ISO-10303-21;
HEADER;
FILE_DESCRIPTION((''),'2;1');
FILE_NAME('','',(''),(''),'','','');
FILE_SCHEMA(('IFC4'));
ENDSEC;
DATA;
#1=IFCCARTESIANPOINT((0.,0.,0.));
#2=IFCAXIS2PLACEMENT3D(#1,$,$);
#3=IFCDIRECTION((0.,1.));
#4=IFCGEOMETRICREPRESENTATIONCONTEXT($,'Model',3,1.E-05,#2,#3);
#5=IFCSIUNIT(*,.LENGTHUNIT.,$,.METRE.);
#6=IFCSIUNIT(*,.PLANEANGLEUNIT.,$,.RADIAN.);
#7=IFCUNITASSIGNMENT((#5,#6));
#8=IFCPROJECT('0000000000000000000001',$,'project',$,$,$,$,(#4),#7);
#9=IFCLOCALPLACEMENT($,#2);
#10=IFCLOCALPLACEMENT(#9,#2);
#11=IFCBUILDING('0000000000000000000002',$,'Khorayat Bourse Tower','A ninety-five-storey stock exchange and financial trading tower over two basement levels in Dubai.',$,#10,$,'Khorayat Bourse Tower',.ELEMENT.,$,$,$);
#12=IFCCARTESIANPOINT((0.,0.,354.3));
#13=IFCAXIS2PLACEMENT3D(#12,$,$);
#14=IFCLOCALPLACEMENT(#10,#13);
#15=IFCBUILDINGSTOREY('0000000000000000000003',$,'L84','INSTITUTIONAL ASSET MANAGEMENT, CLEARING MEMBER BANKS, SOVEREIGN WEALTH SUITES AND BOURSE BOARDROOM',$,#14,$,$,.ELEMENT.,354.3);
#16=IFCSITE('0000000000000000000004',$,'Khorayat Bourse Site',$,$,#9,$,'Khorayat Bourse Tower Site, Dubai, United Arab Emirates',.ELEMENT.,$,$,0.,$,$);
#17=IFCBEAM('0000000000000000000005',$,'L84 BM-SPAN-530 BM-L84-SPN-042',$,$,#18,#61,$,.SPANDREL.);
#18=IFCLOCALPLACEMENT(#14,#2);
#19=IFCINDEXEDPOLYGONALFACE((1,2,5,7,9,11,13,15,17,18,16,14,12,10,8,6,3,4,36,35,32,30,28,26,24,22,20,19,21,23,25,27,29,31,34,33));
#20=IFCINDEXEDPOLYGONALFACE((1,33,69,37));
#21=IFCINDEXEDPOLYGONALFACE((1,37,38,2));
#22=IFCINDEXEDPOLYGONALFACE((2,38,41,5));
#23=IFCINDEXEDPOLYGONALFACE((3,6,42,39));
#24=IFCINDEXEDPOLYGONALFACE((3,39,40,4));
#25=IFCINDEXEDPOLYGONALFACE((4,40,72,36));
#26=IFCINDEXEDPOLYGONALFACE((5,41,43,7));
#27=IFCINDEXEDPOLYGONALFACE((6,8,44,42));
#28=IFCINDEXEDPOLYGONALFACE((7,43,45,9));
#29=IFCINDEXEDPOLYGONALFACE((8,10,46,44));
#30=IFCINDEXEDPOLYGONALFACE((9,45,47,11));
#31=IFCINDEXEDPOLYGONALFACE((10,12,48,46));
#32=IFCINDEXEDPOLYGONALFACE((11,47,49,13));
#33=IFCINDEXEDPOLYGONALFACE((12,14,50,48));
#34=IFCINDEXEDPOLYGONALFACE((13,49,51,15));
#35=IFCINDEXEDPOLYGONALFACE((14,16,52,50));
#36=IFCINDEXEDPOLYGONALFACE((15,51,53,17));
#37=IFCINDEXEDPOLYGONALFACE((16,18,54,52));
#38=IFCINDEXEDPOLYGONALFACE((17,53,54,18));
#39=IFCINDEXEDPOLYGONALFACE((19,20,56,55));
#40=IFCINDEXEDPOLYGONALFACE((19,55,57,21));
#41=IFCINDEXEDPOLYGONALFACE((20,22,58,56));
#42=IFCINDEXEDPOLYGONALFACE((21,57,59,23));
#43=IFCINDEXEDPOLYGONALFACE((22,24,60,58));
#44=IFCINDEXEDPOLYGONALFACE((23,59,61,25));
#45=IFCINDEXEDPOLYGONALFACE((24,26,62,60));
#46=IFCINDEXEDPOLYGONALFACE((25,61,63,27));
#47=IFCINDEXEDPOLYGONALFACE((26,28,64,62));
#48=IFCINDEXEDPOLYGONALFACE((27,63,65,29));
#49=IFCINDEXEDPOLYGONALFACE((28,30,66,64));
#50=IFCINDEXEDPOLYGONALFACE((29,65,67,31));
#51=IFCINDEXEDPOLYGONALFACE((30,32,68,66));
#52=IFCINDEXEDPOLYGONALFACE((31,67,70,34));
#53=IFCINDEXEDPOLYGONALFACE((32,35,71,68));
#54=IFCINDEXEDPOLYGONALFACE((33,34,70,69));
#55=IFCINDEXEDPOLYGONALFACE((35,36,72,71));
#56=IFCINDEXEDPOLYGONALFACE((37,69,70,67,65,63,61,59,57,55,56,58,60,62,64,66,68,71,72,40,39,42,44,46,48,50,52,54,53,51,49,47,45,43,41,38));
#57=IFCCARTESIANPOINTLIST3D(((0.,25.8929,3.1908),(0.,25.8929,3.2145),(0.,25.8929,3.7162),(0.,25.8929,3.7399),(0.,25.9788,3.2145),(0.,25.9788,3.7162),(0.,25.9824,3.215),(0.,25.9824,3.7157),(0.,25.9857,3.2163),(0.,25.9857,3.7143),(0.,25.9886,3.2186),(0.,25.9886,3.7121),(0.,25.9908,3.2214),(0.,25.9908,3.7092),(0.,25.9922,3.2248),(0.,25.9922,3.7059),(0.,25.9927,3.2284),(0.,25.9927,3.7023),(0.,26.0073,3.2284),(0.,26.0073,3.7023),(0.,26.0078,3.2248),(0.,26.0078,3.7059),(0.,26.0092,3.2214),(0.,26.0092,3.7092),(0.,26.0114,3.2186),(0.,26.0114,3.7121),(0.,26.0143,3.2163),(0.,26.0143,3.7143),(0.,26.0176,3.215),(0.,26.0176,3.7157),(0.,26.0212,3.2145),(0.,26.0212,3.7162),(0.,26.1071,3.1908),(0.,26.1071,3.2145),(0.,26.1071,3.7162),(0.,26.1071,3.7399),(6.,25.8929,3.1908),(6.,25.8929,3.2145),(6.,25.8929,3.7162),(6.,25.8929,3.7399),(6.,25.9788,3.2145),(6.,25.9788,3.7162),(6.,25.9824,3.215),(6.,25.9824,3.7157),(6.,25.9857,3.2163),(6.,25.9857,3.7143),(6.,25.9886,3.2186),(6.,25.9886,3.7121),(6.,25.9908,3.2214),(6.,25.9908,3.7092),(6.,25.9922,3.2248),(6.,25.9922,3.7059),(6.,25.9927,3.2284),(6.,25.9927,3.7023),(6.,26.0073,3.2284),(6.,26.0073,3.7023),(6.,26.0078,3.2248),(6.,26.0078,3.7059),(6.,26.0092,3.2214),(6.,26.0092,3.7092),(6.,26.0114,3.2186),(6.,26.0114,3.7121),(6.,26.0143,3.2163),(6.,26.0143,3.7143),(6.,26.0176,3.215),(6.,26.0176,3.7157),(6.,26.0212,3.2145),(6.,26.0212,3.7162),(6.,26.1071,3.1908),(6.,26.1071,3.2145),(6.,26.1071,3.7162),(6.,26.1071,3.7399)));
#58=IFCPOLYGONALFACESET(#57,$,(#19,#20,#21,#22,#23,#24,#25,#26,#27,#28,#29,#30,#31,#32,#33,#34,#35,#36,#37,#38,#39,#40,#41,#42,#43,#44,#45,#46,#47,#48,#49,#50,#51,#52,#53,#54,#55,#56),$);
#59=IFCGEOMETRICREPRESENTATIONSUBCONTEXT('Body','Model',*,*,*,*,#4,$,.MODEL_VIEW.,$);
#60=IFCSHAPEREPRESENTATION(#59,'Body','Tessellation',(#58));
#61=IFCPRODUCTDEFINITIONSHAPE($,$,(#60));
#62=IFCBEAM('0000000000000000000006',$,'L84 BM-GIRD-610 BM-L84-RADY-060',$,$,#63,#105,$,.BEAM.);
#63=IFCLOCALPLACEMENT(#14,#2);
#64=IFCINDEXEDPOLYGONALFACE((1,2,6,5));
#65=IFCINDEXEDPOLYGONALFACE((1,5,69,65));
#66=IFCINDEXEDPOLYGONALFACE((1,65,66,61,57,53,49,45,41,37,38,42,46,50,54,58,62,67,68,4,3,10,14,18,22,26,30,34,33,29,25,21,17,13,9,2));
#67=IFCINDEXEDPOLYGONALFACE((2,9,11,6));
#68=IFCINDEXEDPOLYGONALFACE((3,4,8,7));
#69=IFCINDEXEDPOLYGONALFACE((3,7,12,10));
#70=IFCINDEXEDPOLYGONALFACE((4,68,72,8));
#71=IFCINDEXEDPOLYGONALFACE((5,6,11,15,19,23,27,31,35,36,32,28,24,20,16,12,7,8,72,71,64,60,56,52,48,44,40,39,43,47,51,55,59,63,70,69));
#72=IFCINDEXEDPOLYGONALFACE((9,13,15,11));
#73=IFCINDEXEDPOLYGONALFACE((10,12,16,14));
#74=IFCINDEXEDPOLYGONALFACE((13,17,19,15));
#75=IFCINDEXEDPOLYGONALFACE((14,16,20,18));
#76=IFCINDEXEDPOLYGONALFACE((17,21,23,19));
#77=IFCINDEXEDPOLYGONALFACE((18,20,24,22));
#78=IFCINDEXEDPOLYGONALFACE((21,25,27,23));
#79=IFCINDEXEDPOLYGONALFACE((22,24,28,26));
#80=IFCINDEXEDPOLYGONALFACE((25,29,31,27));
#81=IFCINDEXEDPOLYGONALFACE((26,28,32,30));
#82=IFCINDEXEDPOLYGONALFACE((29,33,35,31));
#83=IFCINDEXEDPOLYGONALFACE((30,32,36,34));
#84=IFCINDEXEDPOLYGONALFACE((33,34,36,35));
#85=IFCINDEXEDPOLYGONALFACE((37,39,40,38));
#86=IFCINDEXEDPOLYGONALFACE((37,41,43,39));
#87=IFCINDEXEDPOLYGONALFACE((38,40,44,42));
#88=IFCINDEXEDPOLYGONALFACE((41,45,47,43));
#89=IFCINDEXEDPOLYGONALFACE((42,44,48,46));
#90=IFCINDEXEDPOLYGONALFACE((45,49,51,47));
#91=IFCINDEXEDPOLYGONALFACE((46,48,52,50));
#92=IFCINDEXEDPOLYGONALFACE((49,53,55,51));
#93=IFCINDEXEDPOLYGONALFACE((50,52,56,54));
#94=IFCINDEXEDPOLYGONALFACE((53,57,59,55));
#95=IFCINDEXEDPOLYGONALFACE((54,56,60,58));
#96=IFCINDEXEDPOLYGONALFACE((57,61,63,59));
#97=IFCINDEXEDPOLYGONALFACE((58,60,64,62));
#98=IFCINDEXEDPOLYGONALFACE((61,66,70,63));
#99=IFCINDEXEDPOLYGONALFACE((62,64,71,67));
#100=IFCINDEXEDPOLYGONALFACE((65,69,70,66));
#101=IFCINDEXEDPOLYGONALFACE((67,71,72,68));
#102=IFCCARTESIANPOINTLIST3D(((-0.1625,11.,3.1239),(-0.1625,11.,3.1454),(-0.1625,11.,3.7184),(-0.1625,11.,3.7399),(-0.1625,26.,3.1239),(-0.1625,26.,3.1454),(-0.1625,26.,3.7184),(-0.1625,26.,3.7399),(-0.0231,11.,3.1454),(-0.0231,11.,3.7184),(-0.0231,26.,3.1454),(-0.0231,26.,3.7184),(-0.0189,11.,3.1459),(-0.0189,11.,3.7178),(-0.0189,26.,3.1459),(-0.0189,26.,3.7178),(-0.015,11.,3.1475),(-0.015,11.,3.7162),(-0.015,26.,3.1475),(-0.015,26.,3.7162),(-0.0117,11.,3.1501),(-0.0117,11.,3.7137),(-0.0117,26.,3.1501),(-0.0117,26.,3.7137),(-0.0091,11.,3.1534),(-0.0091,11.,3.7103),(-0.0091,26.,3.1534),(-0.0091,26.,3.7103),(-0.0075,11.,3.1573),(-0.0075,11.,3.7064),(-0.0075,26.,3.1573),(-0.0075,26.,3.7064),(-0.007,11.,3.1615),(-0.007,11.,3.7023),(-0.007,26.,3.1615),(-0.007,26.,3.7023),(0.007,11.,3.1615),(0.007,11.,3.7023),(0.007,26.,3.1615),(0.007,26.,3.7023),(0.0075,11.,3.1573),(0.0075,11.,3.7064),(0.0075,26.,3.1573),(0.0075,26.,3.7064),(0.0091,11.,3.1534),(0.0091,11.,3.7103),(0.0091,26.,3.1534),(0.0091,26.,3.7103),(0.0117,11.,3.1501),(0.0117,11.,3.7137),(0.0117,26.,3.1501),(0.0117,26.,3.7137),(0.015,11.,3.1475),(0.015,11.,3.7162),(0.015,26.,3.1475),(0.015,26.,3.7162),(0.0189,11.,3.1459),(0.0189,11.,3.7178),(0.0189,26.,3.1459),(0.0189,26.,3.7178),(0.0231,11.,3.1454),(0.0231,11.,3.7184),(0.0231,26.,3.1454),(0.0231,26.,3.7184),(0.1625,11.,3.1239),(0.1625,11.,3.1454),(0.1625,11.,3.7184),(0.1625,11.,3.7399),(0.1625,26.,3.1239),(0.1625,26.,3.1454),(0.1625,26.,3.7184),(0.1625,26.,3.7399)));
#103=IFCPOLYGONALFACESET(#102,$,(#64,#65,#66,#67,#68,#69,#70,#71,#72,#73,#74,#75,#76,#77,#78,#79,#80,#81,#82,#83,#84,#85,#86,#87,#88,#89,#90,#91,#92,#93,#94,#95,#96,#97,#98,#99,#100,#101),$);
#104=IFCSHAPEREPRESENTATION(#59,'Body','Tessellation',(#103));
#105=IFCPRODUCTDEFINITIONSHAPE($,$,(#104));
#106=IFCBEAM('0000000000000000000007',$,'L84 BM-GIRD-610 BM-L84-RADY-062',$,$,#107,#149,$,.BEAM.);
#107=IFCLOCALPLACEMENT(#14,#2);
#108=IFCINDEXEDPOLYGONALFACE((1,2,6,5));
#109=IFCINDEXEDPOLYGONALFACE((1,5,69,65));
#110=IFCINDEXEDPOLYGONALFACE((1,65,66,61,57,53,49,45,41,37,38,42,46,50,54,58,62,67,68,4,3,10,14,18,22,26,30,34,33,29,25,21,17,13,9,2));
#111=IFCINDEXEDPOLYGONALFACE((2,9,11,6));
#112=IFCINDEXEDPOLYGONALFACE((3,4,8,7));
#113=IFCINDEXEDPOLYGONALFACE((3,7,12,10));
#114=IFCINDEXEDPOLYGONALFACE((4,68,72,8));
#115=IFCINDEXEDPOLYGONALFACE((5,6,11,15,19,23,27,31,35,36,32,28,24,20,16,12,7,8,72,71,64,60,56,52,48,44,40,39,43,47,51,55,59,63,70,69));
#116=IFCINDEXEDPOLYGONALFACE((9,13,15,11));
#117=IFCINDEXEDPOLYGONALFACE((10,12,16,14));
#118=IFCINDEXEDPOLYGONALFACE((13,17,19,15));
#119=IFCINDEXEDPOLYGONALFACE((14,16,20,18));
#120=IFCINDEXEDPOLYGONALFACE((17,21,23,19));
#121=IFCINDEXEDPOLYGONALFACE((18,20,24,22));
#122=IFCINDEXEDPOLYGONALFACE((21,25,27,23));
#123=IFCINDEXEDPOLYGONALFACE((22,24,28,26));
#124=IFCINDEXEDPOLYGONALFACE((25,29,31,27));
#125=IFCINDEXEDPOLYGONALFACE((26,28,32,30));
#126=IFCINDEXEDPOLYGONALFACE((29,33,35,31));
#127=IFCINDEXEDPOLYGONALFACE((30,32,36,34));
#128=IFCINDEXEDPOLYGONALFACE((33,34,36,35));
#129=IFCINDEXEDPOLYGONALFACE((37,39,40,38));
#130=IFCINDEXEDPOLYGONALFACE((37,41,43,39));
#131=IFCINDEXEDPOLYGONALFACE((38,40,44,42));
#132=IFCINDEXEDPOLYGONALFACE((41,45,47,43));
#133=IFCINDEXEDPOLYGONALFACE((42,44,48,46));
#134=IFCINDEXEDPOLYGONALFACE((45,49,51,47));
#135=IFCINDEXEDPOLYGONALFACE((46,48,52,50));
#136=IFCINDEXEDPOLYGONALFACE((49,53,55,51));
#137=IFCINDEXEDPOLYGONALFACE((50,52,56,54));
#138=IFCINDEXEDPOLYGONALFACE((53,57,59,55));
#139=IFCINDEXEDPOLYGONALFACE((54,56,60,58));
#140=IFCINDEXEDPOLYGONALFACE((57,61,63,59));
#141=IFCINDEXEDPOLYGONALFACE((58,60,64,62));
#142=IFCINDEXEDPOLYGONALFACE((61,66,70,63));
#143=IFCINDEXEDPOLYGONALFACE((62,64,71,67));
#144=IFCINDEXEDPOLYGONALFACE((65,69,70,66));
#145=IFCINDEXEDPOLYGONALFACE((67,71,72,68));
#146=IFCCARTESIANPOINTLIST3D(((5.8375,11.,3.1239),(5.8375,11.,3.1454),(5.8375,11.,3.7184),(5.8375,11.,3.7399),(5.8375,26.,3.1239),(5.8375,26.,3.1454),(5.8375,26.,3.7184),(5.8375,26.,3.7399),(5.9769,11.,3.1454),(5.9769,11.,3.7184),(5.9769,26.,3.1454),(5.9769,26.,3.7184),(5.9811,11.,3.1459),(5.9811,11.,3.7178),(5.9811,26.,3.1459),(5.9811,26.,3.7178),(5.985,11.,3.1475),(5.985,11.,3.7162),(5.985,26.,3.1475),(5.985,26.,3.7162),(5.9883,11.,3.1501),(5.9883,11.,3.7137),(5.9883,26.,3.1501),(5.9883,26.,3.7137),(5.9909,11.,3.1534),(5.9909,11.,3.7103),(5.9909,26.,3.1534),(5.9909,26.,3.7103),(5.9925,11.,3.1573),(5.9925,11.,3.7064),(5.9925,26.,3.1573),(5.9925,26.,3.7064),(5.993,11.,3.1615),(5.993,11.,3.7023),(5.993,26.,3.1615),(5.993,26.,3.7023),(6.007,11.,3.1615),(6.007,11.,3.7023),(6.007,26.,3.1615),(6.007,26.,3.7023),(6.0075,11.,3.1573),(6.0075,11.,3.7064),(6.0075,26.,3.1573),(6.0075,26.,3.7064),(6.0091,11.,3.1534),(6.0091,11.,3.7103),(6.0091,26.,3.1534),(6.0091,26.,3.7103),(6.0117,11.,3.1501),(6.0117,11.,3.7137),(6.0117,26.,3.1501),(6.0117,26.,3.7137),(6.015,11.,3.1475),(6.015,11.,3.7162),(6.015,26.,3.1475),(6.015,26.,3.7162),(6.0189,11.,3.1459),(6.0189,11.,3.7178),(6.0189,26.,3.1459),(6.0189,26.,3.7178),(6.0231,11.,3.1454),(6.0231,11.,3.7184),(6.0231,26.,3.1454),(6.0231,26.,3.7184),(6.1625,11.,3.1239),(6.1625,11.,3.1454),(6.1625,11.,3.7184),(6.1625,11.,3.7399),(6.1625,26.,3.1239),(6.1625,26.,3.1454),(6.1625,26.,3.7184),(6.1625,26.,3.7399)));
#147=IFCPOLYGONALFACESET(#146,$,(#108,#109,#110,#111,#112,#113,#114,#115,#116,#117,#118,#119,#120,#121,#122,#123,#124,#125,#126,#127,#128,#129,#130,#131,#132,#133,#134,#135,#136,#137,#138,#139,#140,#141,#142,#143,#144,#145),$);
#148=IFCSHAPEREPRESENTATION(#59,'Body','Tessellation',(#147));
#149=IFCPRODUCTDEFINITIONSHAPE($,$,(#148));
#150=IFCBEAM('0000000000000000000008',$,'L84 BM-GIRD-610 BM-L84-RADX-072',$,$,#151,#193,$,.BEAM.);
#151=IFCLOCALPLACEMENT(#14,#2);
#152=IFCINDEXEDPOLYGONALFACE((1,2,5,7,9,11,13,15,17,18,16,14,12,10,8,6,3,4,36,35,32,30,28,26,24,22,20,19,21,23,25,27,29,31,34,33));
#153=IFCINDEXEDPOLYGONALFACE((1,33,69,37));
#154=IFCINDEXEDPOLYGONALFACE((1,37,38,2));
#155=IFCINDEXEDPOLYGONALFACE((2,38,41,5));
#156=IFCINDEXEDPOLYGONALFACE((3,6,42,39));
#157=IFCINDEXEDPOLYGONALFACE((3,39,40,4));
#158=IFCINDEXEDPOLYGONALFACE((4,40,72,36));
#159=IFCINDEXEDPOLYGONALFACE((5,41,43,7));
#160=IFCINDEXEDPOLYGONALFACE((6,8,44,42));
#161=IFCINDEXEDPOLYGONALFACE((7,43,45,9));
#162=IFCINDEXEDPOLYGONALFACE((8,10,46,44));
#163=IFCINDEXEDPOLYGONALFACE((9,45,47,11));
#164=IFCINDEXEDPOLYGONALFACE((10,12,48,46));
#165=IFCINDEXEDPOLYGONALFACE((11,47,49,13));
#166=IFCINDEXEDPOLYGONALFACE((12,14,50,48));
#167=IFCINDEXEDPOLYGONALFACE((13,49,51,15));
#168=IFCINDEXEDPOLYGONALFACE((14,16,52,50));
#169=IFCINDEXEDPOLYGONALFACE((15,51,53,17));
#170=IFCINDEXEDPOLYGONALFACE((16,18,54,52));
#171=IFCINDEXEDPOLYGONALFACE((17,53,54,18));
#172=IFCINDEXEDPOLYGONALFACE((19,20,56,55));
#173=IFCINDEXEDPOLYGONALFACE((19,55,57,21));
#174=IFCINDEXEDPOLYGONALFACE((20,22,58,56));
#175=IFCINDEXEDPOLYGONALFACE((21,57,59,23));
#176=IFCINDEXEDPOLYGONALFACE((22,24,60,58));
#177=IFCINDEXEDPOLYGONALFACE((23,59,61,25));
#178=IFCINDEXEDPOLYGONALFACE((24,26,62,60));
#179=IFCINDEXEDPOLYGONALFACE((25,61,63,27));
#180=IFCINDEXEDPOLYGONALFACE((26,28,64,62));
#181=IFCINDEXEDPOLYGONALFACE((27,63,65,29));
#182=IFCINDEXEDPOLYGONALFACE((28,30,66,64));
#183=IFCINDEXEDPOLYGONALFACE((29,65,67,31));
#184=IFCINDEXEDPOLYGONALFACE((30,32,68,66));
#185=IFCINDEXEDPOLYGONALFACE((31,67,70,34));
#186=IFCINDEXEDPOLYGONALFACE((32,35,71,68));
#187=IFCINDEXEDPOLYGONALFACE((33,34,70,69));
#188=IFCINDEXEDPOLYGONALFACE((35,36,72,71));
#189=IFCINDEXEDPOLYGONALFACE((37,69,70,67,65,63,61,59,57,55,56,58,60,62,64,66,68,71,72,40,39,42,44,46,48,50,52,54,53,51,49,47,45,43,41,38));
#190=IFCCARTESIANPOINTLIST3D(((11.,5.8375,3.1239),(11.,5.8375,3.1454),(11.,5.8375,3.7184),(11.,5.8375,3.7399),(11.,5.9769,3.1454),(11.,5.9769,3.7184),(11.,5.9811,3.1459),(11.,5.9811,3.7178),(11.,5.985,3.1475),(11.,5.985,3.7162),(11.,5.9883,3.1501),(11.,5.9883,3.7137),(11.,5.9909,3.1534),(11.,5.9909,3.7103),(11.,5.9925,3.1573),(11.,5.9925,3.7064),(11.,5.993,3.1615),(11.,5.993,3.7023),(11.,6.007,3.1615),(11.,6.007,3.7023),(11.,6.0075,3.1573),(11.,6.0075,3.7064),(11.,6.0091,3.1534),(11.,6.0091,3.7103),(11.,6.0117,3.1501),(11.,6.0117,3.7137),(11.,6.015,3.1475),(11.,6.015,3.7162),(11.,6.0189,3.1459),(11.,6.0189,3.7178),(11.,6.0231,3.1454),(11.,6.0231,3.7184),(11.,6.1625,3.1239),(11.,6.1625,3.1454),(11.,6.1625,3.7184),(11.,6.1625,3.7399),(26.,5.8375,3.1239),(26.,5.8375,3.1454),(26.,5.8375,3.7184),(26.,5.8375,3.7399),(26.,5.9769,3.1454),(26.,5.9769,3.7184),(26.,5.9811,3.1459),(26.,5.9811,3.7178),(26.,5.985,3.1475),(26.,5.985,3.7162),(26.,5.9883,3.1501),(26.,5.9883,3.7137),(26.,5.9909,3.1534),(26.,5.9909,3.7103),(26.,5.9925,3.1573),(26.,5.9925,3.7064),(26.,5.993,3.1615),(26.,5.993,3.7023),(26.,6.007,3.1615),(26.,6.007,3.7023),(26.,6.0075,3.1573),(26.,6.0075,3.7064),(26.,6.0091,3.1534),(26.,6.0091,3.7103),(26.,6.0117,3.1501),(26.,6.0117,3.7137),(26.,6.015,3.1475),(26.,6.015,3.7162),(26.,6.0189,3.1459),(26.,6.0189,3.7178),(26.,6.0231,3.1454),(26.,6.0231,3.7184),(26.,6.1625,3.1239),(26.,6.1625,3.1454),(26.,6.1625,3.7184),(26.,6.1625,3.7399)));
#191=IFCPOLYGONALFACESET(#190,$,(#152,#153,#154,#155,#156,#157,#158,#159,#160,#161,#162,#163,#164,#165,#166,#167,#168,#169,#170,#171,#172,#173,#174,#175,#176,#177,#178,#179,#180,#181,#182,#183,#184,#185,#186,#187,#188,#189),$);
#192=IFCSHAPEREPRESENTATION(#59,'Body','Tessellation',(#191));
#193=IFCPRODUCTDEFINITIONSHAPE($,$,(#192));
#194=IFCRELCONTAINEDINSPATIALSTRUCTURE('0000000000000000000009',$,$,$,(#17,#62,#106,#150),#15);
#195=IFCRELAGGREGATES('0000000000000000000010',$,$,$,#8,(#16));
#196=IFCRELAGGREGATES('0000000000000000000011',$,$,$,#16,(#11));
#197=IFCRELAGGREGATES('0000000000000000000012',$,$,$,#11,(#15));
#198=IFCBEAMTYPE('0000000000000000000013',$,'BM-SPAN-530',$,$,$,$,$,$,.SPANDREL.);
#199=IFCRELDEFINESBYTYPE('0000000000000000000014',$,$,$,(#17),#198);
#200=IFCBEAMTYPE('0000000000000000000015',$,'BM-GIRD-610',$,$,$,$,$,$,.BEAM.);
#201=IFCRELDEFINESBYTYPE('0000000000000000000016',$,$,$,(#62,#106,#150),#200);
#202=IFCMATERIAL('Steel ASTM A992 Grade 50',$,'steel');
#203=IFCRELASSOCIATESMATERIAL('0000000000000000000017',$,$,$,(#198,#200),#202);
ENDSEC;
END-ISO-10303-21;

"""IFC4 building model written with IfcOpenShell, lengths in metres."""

from ifc_helpers import new_model, si_unit, direction, frame, origin, origin_2d, place, context, subcontext, project, spatial, i_section, extrude, source, transform, mapped, material, material_profile, profile_set, type_object, element, save


model = new_model("IFC4")

# Units and contexts
model_context = context("Model", 3, precision=1e-05, world=origin(), true_north=direction((0.0, 1.0)))
body_context = subcontext(model_context, "Body", "Model", "MODEL_VIEW")
ifc_project = project(units=[si_unit("LENGTHUNIT", "METRE"), si_unit("PLANEANGLEUNIT", "RADIAN")], contexts=[model_context])

# Site, building, storey
site_placement = place(None, origin())
site = spatial("IfcSite", under=ifc_project, at=site_placement, Name="Khorayat Bourse Site", LongName="Khorayat Bourse Tower Site, Dubai, United Arab Emirates", CompositionType="ELEMENT", RefElevation=0.0)
building_placement = place(site_placement, origin())
building = spatial("IfcBuilding", under=site, at=building_placement, Name="Khorayat Bourse Tower", Description="A ninety-five-storey stock exchange and financial trading tower over two basement levels in Dubai.", LongName="Khorayat Bourse Tower", CompositionType="ELEMENT")
storey_placement = place(building_placement, frame((0.0, 0.0, 354.3)))
storey = spatial("IfcBuildingStorey", under=building, at=storey_placement, Name="L84", Description="INSTITUTIONAL ASSET MANAGEMENT, CLEARING MEMBER BANKS, SOVEREIGN WEALTH SUITES AND BOURSE BOARDROOM", CompositionType="ELEMENT", Elevation=354.3)

# Beams
ifc_material_1 = material(Name="Steel ASTM A992 Grade 50", Category="steel")
ifc_material_profile_1 = material_profile(ifc_material_1, i_section(OverallWidth=0.2141, OverallDepth=0.5491, WebThickness=0.0146, FlangeThickness=0.0237, FilletRadius=0.0139, at=origin_2d()), Name="W530X138")
ifc_profile_set_1 = profile_set([ifc_material_profile_1], Name="Steel ASTM A992 Grade 50")
beam_type_1 = type_object("IfcBeamType", Name="BM-SPAN-530", PredefinedType="SPANDREL", material=ifc_profile_set_1)
shared_shape_1 = source(origin(), body_context, "Body", "SweptSolid", [
    extrude(i_section(OverallWidth=0.2141, OverallDepth=0.5491, WebThickness=0.0146, FlangeThickness=0.0237, FilletRadius=0.0139, at=origin_2d()), origin(), (0.0, 0.0, 1.0), 6.0),
])
beam_1_placement = place(storey_placement, frame((0.0, 26.0, 3.4653), z_axis=(1.0, 0.0, 0.0), x_axis=(0.0, 1.0, 0.0)))
element("IfcBeam", 1, at=beam_1_placement, inside=storey, type_object=beam_type_1, Name="L84 BM-SPAN-530 BM-L84-SPN-042", PredefinedType="SPANDREL", context=body_context, shape_type="MappedRepresentation", body=[
    mapped(shared_shape_1, transform((0.0, 0.0, 0.0), scale=1.0)),
])
ifc_material_profile_2 = material_profile(ifc_material_1, i_section(OverallWidth=0.325, OverallDepth=0.616, WebThickness=0.0139, FlangeThickness=0.0215, FilletRadius=0.0161, at=origin_2d()), Name="W610X174")
ifc_profile_set_2 = profile_set([ifc_material_profile_2], Name="Steel ASTM A992 Grade 50")
beam_type_2 = type_object("IfcBeamType", Name="BM-GIRD-610", PredefinedType="BEAM", material=ifc_profile_set_2)
shared_shape_2 = source(origin(), body_context, "Body", "SweptSolid", [
    extrude(i_section(OverallWidth=0.325, OverallDepth=0.616, WebThickness=0.0139, FlangeThickness=0.0215, FilletRadius=0.0161, at=origin_2d()), origin(), (0.0, 0.0, 1.0), 15.0),
])
for number, where, z_axis, x_axis, name in (
    (2, (0.0, 11.0, 3.4319), (0.0, 1.0, 0.0), (-1.0, 0.0, 0.0), "L84 BM-GIRD-610 BM-L84-RADY-060"),
    (3, (6.0, 11.0, 3.4319), (0.0, 1.0, 0.0), (-1.0, 0.0, 0.0), "L84 BM-GIRD-610 BM-L84-RADY-062"),
    (4, (11.0, 6.0, 3.4319), (1.0, 0.0, 0.0), (0.0, 1.0, 0.0), "L84 BM-GIRD-610 BM-L84-RADX-072"),
):
    element("IfcBeam", number, at=place(storey_placement, frame(where, z_axis=z_axis, x_axis=x_axis)), inside=storey, type_object=beam_type_2, Name=name, PredefinedType="BEAM", context=body_context, shape_type="MappedRepresentation", body=[
        mapped(shared_shape_2, transform((0.0, 0.0, 0.0), scale=1.0)),
    ])

save(model, "model.ifc")
